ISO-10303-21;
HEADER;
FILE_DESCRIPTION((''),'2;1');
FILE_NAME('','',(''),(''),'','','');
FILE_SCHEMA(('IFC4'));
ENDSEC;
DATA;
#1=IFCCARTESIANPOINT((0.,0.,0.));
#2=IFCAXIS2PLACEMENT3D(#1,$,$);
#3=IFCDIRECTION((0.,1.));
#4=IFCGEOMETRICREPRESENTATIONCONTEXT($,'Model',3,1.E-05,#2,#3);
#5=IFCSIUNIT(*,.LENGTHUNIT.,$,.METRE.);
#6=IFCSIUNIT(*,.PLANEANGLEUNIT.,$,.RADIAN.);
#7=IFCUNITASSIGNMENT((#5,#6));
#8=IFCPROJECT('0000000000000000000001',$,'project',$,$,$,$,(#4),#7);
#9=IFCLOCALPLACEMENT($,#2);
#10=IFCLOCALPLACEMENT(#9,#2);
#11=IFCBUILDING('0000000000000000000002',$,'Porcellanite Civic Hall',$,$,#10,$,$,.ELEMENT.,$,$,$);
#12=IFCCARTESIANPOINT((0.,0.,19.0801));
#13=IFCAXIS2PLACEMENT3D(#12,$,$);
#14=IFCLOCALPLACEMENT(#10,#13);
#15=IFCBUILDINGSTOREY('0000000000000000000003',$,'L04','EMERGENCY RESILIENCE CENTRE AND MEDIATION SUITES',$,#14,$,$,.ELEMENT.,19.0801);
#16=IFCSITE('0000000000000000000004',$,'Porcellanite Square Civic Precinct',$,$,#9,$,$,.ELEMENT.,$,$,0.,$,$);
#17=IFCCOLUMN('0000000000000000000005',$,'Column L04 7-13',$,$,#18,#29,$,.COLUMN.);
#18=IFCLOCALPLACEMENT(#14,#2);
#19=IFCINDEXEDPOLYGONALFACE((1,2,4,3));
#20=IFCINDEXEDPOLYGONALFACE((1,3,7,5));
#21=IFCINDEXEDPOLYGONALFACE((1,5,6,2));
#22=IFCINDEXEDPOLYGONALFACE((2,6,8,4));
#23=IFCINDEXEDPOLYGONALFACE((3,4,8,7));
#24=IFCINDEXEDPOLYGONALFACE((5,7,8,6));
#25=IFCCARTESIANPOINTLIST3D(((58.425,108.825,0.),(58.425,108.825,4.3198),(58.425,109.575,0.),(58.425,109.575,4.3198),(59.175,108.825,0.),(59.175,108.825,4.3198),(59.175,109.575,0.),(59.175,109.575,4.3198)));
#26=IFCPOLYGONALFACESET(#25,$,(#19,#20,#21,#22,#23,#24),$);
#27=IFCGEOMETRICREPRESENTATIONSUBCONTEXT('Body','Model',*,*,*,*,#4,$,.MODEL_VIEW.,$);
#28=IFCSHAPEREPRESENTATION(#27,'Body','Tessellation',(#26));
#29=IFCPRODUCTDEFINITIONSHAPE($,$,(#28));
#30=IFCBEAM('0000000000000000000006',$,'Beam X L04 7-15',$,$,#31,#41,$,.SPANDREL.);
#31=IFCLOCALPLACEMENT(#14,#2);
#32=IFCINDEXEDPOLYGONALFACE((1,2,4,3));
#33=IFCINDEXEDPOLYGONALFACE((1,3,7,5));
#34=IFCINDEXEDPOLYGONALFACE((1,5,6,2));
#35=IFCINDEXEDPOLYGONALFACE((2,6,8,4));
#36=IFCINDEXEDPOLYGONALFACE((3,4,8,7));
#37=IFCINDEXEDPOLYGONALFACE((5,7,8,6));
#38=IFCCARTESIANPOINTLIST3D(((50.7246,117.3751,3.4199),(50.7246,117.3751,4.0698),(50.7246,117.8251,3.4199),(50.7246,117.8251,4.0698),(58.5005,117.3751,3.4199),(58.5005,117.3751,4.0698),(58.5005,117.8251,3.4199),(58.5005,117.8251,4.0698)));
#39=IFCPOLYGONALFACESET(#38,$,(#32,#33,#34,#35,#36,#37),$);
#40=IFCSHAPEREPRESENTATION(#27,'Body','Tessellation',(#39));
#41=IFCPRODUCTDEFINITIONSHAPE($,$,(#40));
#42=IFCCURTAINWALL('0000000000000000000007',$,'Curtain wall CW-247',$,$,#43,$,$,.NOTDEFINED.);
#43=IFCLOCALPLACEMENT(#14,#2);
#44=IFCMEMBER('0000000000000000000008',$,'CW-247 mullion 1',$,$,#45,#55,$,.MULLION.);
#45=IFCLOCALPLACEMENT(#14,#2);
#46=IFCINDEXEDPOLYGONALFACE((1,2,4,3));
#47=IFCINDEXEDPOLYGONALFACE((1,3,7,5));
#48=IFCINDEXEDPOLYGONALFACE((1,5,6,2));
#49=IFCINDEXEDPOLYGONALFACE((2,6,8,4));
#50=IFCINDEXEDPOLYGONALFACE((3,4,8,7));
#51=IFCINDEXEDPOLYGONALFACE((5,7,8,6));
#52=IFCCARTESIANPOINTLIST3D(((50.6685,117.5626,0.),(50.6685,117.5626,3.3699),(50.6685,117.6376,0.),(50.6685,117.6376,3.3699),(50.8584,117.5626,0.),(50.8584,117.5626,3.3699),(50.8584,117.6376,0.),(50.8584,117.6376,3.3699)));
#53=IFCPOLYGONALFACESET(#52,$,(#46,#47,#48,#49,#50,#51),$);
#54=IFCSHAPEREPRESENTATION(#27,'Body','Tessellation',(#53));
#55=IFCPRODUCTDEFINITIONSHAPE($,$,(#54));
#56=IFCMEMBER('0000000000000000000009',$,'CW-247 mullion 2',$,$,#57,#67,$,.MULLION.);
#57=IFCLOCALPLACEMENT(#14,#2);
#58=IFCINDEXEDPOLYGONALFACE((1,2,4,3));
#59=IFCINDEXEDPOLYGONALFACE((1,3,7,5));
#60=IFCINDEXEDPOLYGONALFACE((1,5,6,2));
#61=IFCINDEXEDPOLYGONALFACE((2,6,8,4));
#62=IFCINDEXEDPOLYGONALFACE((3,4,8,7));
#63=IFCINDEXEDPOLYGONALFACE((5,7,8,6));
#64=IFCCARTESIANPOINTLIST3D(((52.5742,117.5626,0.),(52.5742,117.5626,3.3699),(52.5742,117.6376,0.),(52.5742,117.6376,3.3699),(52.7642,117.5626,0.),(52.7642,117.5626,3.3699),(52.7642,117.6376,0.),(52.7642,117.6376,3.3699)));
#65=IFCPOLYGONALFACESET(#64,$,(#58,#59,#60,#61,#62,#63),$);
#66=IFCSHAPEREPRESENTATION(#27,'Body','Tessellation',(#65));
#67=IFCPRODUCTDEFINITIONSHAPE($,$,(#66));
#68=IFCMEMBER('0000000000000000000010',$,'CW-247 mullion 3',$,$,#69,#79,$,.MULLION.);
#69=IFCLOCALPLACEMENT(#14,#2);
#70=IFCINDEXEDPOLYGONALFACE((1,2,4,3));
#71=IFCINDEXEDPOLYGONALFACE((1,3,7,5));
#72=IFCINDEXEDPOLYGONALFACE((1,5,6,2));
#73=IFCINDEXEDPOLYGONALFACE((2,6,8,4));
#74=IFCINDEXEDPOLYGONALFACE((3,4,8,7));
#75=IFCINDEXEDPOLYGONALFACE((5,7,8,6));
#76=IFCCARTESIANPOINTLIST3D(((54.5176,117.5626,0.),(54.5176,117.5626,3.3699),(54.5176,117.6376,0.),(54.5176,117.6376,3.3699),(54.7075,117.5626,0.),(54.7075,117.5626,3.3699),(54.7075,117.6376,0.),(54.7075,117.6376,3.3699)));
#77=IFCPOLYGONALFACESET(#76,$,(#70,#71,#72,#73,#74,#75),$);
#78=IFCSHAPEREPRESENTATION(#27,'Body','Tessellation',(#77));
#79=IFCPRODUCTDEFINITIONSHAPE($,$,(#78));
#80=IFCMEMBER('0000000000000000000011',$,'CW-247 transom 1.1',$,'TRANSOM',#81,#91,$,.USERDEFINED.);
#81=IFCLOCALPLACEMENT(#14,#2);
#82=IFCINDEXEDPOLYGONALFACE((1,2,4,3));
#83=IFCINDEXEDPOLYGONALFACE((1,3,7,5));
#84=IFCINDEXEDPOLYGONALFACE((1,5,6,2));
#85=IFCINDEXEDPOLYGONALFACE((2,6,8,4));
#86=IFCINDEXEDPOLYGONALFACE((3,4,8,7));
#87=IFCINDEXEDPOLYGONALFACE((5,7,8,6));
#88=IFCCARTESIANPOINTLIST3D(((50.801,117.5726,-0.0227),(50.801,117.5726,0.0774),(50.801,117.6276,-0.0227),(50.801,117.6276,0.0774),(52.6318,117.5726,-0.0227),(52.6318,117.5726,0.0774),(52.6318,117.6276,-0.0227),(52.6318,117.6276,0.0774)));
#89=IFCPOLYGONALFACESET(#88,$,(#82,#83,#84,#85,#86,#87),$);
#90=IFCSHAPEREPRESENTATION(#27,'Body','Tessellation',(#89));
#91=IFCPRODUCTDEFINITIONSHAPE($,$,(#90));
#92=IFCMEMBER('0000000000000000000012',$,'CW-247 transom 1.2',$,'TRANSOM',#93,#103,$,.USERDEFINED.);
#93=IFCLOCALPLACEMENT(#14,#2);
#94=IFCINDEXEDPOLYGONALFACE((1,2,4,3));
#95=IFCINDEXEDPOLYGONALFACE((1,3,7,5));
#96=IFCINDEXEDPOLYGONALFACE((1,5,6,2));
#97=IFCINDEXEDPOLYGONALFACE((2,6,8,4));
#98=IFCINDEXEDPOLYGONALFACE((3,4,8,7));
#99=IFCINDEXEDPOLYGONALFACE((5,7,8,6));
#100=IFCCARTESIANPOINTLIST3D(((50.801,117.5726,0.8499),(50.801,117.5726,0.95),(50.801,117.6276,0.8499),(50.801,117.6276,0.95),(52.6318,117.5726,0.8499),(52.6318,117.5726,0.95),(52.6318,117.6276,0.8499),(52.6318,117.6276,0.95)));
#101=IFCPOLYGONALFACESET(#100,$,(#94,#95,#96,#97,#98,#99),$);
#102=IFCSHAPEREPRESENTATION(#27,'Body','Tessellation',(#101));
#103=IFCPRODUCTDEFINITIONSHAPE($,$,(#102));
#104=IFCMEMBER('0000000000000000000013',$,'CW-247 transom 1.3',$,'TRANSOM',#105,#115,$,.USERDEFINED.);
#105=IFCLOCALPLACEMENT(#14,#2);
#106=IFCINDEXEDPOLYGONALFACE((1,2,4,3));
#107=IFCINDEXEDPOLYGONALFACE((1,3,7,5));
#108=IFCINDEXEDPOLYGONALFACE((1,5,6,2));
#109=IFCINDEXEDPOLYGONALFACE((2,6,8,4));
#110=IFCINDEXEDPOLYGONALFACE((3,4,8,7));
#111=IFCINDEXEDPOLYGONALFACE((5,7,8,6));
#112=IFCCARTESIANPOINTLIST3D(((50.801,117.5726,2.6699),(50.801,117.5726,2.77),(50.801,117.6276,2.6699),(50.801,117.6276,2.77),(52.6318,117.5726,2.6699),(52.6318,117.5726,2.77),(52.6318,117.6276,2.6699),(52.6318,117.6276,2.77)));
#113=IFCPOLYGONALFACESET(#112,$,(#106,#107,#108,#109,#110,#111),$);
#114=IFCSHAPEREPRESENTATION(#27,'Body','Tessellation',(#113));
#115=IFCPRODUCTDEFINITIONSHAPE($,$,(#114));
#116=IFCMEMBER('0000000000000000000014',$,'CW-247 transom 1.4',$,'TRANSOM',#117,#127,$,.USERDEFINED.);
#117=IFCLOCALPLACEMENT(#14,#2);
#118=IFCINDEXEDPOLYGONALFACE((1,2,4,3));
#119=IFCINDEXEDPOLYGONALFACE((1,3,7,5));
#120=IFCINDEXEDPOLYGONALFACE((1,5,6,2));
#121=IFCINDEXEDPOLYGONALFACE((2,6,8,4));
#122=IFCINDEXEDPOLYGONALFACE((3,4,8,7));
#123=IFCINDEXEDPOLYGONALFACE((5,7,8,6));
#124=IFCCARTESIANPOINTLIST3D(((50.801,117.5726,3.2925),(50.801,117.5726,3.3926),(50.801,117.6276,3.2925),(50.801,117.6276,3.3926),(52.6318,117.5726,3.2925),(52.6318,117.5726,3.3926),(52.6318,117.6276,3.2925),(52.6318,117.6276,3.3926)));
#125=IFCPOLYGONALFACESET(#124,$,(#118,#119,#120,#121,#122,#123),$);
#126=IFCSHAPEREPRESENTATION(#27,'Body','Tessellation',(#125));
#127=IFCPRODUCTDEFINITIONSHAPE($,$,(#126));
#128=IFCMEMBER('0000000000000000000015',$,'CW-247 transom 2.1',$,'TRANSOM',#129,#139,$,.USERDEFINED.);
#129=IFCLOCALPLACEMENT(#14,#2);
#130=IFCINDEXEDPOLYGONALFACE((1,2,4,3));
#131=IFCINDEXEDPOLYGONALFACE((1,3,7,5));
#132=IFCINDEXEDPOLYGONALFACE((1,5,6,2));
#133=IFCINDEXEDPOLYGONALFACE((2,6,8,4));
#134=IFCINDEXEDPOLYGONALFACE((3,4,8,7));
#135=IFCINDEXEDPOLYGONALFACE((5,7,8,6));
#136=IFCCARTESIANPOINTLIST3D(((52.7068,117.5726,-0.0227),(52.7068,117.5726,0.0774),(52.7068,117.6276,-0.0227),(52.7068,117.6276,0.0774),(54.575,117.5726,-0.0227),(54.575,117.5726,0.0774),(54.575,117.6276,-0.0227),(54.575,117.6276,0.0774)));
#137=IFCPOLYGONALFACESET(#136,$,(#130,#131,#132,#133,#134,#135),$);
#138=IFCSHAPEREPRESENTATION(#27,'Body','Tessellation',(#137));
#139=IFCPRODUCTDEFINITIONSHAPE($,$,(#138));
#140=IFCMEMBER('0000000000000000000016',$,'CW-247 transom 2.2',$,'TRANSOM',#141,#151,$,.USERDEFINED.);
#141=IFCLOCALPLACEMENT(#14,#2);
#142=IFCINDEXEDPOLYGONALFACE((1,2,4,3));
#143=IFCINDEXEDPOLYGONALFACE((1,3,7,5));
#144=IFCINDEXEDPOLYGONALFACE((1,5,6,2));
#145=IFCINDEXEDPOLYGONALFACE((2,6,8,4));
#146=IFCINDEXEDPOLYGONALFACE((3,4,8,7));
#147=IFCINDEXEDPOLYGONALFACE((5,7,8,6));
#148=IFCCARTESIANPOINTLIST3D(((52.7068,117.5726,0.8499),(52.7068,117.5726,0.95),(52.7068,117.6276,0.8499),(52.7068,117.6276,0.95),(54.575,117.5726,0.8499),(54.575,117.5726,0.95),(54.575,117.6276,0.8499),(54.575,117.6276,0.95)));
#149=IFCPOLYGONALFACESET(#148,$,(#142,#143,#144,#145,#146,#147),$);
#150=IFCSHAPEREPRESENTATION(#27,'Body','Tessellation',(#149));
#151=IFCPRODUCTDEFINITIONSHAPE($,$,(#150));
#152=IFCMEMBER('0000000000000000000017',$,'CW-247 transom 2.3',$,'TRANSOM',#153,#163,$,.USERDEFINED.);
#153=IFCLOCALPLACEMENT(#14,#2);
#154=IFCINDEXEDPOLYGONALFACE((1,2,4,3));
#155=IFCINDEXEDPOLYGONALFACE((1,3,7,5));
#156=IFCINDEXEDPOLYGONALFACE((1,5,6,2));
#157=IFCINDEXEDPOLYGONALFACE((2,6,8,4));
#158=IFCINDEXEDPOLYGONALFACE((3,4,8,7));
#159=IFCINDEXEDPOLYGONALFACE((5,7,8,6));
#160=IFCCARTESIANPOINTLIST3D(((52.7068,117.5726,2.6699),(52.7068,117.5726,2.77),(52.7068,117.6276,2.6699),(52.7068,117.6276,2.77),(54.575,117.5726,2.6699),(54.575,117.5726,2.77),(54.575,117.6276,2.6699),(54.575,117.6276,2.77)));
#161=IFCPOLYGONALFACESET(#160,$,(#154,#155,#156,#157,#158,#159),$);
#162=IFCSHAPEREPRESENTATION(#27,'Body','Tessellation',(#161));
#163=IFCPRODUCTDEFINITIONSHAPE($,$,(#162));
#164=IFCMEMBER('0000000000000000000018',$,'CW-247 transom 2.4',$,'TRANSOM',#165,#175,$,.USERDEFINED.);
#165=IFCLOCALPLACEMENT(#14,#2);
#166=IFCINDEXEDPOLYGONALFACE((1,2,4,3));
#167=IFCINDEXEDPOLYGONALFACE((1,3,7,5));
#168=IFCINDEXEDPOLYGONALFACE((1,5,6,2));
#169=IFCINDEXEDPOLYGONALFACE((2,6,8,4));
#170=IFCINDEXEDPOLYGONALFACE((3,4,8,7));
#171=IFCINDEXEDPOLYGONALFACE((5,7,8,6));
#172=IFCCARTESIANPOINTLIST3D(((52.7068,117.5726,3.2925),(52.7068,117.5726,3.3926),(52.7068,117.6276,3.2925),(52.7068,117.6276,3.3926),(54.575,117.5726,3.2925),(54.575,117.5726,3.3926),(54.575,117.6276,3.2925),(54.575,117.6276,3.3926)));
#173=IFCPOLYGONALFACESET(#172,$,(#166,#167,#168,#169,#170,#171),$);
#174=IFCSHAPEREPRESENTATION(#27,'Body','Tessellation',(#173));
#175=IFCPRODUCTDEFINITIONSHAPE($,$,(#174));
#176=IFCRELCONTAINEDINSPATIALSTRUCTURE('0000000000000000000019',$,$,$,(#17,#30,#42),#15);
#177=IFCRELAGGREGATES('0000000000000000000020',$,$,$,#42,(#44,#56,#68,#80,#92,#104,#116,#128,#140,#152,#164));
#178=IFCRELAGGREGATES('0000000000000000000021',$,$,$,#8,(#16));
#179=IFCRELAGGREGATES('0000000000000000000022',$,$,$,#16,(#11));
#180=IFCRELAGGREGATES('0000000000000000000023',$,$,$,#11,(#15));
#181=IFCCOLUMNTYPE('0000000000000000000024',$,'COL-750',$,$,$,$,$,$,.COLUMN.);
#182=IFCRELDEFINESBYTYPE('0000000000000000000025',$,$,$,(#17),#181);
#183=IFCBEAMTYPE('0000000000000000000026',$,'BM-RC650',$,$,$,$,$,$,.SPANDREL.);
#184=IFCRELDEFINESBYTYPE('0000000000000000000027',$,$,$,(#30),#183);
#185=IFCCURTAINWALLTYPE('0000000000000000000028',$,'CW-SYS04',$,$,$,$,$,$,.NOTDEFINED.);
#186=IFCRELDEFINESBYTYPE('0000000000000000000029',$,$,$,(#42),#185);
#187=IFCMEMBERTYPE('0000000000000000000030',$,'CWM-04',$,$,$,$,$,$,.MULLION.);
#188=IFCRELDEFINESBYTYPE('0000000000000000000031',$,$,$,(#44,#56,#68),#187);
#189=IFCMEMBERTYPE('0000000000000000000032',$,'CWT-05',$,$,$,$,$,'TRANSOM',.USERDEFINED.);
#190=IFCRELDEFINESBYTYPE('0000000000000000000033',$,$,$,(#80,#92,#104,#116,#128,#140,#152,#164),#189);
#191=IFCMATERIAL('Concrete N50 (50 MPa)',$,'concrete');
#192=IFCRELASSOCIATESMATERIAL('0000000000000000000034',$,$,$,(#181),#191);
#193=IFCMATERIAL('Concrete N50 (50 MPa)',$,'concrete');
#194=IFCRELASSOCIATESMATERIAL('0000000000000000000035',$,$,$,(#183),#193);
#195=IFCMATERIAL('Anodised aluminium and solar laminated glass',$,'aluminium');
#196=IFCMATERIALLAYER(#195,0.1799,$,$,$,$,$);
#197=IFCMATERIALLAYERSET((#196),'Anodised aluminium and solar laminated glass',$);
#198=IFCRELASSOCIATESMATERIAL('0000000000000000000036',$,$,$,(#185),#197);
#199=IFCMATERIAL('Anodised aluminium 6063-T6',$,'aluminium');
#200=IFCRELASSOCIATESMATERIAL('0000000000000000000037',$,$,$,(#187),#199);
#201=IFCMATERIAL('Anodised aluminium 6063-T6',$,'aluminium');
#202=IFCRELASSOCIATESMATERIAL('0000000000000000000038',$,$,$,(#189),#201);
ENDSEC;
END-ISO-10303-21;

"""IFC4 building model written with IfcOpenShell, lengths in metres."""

from ifc_helpers import new_model, si_unit, direction, frame, origin, origin_2d, place, context, subcontext, project, spatial, rectangle, extrude, material, layer, layer_set, material_profile, profile_set, type_object, element, aggregate, save


model = new_model("IFC4")

# Units and contexts
model_context = context("Model", 3, precision=1e-05, world=origin(), true_north=direction((0.0, 1.0)))
body_context = subcontext(model_context, "Body", "Model", "MODEL_VIEW")
ifc_project = project(units=[si_unit("LENGTHUNIT", "METRE"), si_unit("PLANEANGLEUNIT", "RADIAN")], contexts=[model_context])

# Site, building, storey
site_placement = place(None, origin())
site = spatial("IfcSite", under=ifc_project, at=site_placement, Name="Porcellanite Square Civic Precinct", CompositionType="ELEMENT", RefElevation=0.0)
building_placement = place(site_placement, origin())
building = spatial("IfcBuilding", under=site, at=building_placement, Name="Porcellanite Civic Hall", CompositionType="ELEMENT")
storey_placement = place(building_placement, frame((0.0, 0.0, 19.0801)))
storey = spatial("IfcBuildingStorey", under=building, at=storey_placement, Name="L04", Description="EMERGENCY RESILIENCE CENTRE AND MEDIATION SUITES", CompositionType="ELEMENT", Elevation=19.0801)

# Column
ifc_material_1 = material(Name="Concrete N50 (50 MPa)", Category="concrete")
ifc_material_profile_1 = material_profile(ifc_material_1, rectangle(XDim=0.75, YDim=0.75, at=origin_2d()), Name="RC-750x750")
ifc_profile_set_1 = profile_set([ifc_material_profile_1], Name="Concrete N50 (50 MPa)")
column_type = type_object("IfcColumnType", Name="COL-750", PredefinedType="COLUMN", material=ifc_profile_set_1)
column_placement = place(storey_placement, frame((58.8, 109.2, 0.0), z_axis=(0.0, 0.0, 1.0), x_axis=(1.0, 0.0, 0.0)))
element("IfcColumn", 1, at=column_placement, inside=storey, type_object=column_type, Name="Column L04 7-13", PredefinedType="COLUMN", context=body_context, shape_type="SweptSolid", body=[
    extrude(rectangle(XDim=0.75, YDim=0.75, at=origin_2d()), origin(), (0.0, 0.0, 1.0), 4.3198),
])

# Beam
ifc_material_2 = material(Name="Concrete N50 (50 MPa)", Category="concrete")
ifc_material_profile_2 = material_profile(ifc_material_2, rectangle(XDim=0.45, YDim=0.6499, at=origin_2d()), Name="RC-450x650")
ifc_profile_set_2 = profile_set([ifc_material_profile_2], Name="Concrete N50 (50 MPa)")
beam_type_1 = type_object("IfcBeamType", Name="BM-RC650", PredefinedType="SPANDREL", material=ifc_profile_set_2)
beam_1_placement = place(storey_placement, frame((50.7246, 117.6001, 3.7449), z_axis=(1.0, 0.0, 0.0), x_axis=(0.0, 1.0, 0.0)))
element("IfcBeam", 2, at=beam_1_placement, inside=storey, type_object=beam_type_1, Name="Beam X L04 7-15", PredefinedType="SPANDREL", context=body_context, shape_type="SweptSolid", body=[
    extrude(rectangle(XDim=0.45, YDim=0.6499, at=origin_2d()), origin(), (0.0, 0.0, 1.0), 7.7759),
])

# Curtain wall, members
ifc_material_3 = material(Name="Anodised aluminium and solar laminated glass", Category="aluminium")
ifc_layer_1 = layer(ifc_material_3, 0.1799)
ifc_layer_set_1 = layer_set([ifc_layer_1], Name="Anodised aluminium and solar laminated glass")
curtain_wall_type = type_object("IfcCurtainWallType", Name="CW-SYS04", PredefinedType="NOTDEFINED", material=ifc_layer_set_1)
curtain_wall_placement = place(storey_placement, origin())
curtain_wall = element("IfcCurtainWall", 3, at=curtain_wall_placement, inside=storey, type_object=curtain_wall_type, Name="Curtain wall CW-247", PredefinedType="NOTDEFINED")
ifc_material_4 = material(Name="Anodised aluminium 6063-T6", Category="aluminium")
ifc_material_profile_3 = material_profile(ifc_material_4, rectangle(XDim=0.075, YDim=0.1899, at=origin_2d()), Name="AL-75x190")
ifc_profile_set_3 = profile_set([ifc_material_profile_3], Name="Anodised aluminium 6063-T6")
member_type_1 = type_object("IfcMemberType", Name="CWM-04", PredefinedType="MULLION", material=ifc_profile_set_3)
member_1_placement = place(storey_placement, frame((50.7634, 117.6001, 0.0), z_axis=(0.0, 0.0, 1.0), x_axis=(0.0, 1.0, 0.0)))
member_1 = element("IfcMember", 4, at=member_1_placement, type_object=member_type_1, Name="CW-247 mullion 1", PredefinedType="MULLION", context=body_context, shape_type="SweptSolid", body=[
    extrude(rectangle(XDim=0.075, YDim=0.1899, at=origin_2d()), origin(), (0.0, 0.0, 1.0), 3.3699),
])
member_2_placement = place(storey_placement, frame((52.6692, 117.6001, 0.0), z_axis=(0.0, 0.0, 1.0), x_axis=(0.0, 1.0, 0.0)))
member_2 = element("IfcMember", 5, at=member_2_placement, type_object=member_type_1, Name="CW-247 mullion 2", PredefinedType="MULLION", context=body_context, shape_type="SweptSolid", body=[
    extrude(rectangle(XDim=0.075, YDim=0.1899, at=origin_2d()), origin(), (0.0, 0.0, 1.0), 3.3699),
])
member_3_placement = place(storey_placement, frame((54.6125, 117.6001, 0.0), z_axis=(0.0, 0.0, 1.0), x_axis=(0.0, 1.0, 0.0)))
member_3 = element("IfcMember", 6, at=member_3_placement, type_object=member_type_1, Name="CW-247 mullion 3", PredefinedType="MULLION", context=body_context, shape_type="SweptSolid", body=[
    extrude(rectangle(XDim=0.075, YDim=0.1899, at=origin_2d()), origin(), (0.0, 0.0, 1.0), 3.3699),
])
ifc_material_5 = material(Name="Anodised aluminium 6063-T6", Category="aluminium")
ifc_material_profile_4 = material_profile(ifc_material_5, rectangle(XDim=0.0549, YDim=0.1001, at=origin_2d()), Name="AL-55x100")
ifc_profile_set_4 = profile_set([ifc_material_profile_4], Name="Anodised aluminium 6063-T6")
member_type_2 = type_object("IfcMemberType", Name="CWT-05", ElementType="TRANSOM", PredefinedType="USERDEFINED", material=ifc_profile_set_4)
member_4_placement = place(storey_placement, frame((50.801, 117.6001, 0.0273), z_axis=(1.0, 0.0, 0.0), x_axis=(0.0, 1.0, 0.0)))
member_4 = element("IfcMember", 7, at=member_4_placement, type_object=member_type_2, Name="CW-247 transom 1.1", ObjectType="TRANSOM", PredefinedType="USERDEFINED", context=body_context, shape_type="SweptSolid", body=[
    extrude(rectangle(XDim=0.0549, YDim=0.1001, at=origin_2d()), origin(), (0.0, 0.0, 1.0), 1.8308),
])
member_5_placement = place(storey_placement, frame((50.801, 117.6001, 0.8999), z_axis=(1.0, 0.0, 0.0), x_axis=(0.0, 1.0, 0.0)))
member_5 = element("IfcMember", 8, at=member_5_placement, type_object=member_type_2, Name="CW-247 transom 1.2", ObjectType="TRANSOM", PredefinedType="USERDEFINED", context=body_context, shape_type="SweptSolid", body=[
    extrude(rectangle(XDim=0.0549, YDim=0.1001, at=origin_2d()), origin(), (0.0, 0.0, 1.0), 1.8308),
])
member_6_placement = place(storey_placement, frame((50.801, 117.6001, 2.72), z_axis=(1.0, 0.0, 0.0), x_axis=(0.0, 1.0, 0.0)))
member_6 = element("IfcMember", 9, at=member_6_placement, type_object=member_type_2, Name="CW-247 transom 1.3", ObjectType="TRANSOM", PredefinedType="USERDEFINED", context=body_context, shape_type="SweptSolid", body=[
    extrude(rectangle(XDim=0.0549, YDim=0.1001, at=origin_2d()), origin(), (0.0, 0.0, 1.0), 1.8308),
])
member_7_placement = place(storey_placement, frame((50.801, 117.6001, 3.3425), z_axis=(1.0, 0.0, 0.0), x_axis=(0.0, 1.0, 0.0)))
member_7 = element("IfcMember", 10, at=member_7_placement, type_object=member_type_2, Name="CW-247 transom 1.4", ObjectType="TRANSOM", PredefinedType="USERDEFINED", context=body_context, shape_type="SweptSolid", body=[
    extrude(rectangle(XDim=0.0549, YDim=0.1001, at=origin_2d()), origin(), (0.0, 0.0, 1.0), 1.8308),
])
member_8_placement = place(storey_placement, frame((52.7068, 117.6001, 0.0273), z_axis=(1.0, 0.0, 0.0), x_axis=(0.0, 1.0, 0.0)))
member_8 = element("IfcMember", 11, at=member_8_placement, type_object=member_type_2, Name="CW-247 transom 2.1", ObjectType="TRANSOM", PredefinedType="USERDEFINED", context=body_context, shape_type="SweptSolid", body=[
    extrude(rectangle(XDim=0.0549, YDim=0.1001, at=origin_2d()), origin(), (0.0, 0.0, 1.0), 1.8682),
])
member_9_placement = place(storey_placement, frame((52.7068, 117.6001, 0.8999), z_axis=(1.0, 0.0, 0.0), x_axis=(0.0, 1.0, 0.0)))
member_9 = element("IfcMember", 12, at=member_9_placement, type_object=member_type_2, Name="CW-247 transom 2.2", ObjectType="TRANSOM", PredefinedType="USERDEFINED", context=body_context, shape_type="SweptSolid", body=[
    extrude(rectangle(XDim=0.0549, YDim=0.1001, at=origin_2d()), origin(), (0.0, 0.0, 1.0), 1.8682),
])
member_10_placement = place(storey_placement, frame((52.7068, 117.6001, 2.72), z_axis=(1.0, 0.0, 0.0), x_axis=(0.0, 1.0, 0.0)))
member_10 = element("IfcMember", 13, at=member_10_placement, type_object=member_type_2, Name="CW-247 transom 2.3", ObjectType="TRANSOM", PredefinedType="USERDEFINED", context=body_context, shape_type="SweptSolid", body=[
    extrude(rectangle(XDim=0.0549, YDim=0.1001, at=origin_2d()), origin(), (0.0, 0.0, 1.0), 1.8682),
])
member_11_placement = place(storey_placement, frame((52.7068, 117.6001, 3.3425), z_axis=(1.0, 0.0, 0.0), x_axis=(0.0, 1.0, 0.0)))
member_11 = element("IfcMember", 14, at=member_11_placement, type_object=member_type_2, Name="CW-247 transom 2.4", ObjectType="TRANSOM", PredefinedType="USERDEFINED", context=body_context, shape_type="SweptSolid", body=[
    extrude(rectangle(XDim=0.0549, YDim=0.1001, at=origin_2d()), origin(), (0.0, 0.0, 1.0), 1.8682),
])

aggregate(curtain_wall, [member_1, member_2, member_3, member_4, member_5, member_6, member_7, member_8, member_9, member_10, member_11])

save(model, "model.ifc")
